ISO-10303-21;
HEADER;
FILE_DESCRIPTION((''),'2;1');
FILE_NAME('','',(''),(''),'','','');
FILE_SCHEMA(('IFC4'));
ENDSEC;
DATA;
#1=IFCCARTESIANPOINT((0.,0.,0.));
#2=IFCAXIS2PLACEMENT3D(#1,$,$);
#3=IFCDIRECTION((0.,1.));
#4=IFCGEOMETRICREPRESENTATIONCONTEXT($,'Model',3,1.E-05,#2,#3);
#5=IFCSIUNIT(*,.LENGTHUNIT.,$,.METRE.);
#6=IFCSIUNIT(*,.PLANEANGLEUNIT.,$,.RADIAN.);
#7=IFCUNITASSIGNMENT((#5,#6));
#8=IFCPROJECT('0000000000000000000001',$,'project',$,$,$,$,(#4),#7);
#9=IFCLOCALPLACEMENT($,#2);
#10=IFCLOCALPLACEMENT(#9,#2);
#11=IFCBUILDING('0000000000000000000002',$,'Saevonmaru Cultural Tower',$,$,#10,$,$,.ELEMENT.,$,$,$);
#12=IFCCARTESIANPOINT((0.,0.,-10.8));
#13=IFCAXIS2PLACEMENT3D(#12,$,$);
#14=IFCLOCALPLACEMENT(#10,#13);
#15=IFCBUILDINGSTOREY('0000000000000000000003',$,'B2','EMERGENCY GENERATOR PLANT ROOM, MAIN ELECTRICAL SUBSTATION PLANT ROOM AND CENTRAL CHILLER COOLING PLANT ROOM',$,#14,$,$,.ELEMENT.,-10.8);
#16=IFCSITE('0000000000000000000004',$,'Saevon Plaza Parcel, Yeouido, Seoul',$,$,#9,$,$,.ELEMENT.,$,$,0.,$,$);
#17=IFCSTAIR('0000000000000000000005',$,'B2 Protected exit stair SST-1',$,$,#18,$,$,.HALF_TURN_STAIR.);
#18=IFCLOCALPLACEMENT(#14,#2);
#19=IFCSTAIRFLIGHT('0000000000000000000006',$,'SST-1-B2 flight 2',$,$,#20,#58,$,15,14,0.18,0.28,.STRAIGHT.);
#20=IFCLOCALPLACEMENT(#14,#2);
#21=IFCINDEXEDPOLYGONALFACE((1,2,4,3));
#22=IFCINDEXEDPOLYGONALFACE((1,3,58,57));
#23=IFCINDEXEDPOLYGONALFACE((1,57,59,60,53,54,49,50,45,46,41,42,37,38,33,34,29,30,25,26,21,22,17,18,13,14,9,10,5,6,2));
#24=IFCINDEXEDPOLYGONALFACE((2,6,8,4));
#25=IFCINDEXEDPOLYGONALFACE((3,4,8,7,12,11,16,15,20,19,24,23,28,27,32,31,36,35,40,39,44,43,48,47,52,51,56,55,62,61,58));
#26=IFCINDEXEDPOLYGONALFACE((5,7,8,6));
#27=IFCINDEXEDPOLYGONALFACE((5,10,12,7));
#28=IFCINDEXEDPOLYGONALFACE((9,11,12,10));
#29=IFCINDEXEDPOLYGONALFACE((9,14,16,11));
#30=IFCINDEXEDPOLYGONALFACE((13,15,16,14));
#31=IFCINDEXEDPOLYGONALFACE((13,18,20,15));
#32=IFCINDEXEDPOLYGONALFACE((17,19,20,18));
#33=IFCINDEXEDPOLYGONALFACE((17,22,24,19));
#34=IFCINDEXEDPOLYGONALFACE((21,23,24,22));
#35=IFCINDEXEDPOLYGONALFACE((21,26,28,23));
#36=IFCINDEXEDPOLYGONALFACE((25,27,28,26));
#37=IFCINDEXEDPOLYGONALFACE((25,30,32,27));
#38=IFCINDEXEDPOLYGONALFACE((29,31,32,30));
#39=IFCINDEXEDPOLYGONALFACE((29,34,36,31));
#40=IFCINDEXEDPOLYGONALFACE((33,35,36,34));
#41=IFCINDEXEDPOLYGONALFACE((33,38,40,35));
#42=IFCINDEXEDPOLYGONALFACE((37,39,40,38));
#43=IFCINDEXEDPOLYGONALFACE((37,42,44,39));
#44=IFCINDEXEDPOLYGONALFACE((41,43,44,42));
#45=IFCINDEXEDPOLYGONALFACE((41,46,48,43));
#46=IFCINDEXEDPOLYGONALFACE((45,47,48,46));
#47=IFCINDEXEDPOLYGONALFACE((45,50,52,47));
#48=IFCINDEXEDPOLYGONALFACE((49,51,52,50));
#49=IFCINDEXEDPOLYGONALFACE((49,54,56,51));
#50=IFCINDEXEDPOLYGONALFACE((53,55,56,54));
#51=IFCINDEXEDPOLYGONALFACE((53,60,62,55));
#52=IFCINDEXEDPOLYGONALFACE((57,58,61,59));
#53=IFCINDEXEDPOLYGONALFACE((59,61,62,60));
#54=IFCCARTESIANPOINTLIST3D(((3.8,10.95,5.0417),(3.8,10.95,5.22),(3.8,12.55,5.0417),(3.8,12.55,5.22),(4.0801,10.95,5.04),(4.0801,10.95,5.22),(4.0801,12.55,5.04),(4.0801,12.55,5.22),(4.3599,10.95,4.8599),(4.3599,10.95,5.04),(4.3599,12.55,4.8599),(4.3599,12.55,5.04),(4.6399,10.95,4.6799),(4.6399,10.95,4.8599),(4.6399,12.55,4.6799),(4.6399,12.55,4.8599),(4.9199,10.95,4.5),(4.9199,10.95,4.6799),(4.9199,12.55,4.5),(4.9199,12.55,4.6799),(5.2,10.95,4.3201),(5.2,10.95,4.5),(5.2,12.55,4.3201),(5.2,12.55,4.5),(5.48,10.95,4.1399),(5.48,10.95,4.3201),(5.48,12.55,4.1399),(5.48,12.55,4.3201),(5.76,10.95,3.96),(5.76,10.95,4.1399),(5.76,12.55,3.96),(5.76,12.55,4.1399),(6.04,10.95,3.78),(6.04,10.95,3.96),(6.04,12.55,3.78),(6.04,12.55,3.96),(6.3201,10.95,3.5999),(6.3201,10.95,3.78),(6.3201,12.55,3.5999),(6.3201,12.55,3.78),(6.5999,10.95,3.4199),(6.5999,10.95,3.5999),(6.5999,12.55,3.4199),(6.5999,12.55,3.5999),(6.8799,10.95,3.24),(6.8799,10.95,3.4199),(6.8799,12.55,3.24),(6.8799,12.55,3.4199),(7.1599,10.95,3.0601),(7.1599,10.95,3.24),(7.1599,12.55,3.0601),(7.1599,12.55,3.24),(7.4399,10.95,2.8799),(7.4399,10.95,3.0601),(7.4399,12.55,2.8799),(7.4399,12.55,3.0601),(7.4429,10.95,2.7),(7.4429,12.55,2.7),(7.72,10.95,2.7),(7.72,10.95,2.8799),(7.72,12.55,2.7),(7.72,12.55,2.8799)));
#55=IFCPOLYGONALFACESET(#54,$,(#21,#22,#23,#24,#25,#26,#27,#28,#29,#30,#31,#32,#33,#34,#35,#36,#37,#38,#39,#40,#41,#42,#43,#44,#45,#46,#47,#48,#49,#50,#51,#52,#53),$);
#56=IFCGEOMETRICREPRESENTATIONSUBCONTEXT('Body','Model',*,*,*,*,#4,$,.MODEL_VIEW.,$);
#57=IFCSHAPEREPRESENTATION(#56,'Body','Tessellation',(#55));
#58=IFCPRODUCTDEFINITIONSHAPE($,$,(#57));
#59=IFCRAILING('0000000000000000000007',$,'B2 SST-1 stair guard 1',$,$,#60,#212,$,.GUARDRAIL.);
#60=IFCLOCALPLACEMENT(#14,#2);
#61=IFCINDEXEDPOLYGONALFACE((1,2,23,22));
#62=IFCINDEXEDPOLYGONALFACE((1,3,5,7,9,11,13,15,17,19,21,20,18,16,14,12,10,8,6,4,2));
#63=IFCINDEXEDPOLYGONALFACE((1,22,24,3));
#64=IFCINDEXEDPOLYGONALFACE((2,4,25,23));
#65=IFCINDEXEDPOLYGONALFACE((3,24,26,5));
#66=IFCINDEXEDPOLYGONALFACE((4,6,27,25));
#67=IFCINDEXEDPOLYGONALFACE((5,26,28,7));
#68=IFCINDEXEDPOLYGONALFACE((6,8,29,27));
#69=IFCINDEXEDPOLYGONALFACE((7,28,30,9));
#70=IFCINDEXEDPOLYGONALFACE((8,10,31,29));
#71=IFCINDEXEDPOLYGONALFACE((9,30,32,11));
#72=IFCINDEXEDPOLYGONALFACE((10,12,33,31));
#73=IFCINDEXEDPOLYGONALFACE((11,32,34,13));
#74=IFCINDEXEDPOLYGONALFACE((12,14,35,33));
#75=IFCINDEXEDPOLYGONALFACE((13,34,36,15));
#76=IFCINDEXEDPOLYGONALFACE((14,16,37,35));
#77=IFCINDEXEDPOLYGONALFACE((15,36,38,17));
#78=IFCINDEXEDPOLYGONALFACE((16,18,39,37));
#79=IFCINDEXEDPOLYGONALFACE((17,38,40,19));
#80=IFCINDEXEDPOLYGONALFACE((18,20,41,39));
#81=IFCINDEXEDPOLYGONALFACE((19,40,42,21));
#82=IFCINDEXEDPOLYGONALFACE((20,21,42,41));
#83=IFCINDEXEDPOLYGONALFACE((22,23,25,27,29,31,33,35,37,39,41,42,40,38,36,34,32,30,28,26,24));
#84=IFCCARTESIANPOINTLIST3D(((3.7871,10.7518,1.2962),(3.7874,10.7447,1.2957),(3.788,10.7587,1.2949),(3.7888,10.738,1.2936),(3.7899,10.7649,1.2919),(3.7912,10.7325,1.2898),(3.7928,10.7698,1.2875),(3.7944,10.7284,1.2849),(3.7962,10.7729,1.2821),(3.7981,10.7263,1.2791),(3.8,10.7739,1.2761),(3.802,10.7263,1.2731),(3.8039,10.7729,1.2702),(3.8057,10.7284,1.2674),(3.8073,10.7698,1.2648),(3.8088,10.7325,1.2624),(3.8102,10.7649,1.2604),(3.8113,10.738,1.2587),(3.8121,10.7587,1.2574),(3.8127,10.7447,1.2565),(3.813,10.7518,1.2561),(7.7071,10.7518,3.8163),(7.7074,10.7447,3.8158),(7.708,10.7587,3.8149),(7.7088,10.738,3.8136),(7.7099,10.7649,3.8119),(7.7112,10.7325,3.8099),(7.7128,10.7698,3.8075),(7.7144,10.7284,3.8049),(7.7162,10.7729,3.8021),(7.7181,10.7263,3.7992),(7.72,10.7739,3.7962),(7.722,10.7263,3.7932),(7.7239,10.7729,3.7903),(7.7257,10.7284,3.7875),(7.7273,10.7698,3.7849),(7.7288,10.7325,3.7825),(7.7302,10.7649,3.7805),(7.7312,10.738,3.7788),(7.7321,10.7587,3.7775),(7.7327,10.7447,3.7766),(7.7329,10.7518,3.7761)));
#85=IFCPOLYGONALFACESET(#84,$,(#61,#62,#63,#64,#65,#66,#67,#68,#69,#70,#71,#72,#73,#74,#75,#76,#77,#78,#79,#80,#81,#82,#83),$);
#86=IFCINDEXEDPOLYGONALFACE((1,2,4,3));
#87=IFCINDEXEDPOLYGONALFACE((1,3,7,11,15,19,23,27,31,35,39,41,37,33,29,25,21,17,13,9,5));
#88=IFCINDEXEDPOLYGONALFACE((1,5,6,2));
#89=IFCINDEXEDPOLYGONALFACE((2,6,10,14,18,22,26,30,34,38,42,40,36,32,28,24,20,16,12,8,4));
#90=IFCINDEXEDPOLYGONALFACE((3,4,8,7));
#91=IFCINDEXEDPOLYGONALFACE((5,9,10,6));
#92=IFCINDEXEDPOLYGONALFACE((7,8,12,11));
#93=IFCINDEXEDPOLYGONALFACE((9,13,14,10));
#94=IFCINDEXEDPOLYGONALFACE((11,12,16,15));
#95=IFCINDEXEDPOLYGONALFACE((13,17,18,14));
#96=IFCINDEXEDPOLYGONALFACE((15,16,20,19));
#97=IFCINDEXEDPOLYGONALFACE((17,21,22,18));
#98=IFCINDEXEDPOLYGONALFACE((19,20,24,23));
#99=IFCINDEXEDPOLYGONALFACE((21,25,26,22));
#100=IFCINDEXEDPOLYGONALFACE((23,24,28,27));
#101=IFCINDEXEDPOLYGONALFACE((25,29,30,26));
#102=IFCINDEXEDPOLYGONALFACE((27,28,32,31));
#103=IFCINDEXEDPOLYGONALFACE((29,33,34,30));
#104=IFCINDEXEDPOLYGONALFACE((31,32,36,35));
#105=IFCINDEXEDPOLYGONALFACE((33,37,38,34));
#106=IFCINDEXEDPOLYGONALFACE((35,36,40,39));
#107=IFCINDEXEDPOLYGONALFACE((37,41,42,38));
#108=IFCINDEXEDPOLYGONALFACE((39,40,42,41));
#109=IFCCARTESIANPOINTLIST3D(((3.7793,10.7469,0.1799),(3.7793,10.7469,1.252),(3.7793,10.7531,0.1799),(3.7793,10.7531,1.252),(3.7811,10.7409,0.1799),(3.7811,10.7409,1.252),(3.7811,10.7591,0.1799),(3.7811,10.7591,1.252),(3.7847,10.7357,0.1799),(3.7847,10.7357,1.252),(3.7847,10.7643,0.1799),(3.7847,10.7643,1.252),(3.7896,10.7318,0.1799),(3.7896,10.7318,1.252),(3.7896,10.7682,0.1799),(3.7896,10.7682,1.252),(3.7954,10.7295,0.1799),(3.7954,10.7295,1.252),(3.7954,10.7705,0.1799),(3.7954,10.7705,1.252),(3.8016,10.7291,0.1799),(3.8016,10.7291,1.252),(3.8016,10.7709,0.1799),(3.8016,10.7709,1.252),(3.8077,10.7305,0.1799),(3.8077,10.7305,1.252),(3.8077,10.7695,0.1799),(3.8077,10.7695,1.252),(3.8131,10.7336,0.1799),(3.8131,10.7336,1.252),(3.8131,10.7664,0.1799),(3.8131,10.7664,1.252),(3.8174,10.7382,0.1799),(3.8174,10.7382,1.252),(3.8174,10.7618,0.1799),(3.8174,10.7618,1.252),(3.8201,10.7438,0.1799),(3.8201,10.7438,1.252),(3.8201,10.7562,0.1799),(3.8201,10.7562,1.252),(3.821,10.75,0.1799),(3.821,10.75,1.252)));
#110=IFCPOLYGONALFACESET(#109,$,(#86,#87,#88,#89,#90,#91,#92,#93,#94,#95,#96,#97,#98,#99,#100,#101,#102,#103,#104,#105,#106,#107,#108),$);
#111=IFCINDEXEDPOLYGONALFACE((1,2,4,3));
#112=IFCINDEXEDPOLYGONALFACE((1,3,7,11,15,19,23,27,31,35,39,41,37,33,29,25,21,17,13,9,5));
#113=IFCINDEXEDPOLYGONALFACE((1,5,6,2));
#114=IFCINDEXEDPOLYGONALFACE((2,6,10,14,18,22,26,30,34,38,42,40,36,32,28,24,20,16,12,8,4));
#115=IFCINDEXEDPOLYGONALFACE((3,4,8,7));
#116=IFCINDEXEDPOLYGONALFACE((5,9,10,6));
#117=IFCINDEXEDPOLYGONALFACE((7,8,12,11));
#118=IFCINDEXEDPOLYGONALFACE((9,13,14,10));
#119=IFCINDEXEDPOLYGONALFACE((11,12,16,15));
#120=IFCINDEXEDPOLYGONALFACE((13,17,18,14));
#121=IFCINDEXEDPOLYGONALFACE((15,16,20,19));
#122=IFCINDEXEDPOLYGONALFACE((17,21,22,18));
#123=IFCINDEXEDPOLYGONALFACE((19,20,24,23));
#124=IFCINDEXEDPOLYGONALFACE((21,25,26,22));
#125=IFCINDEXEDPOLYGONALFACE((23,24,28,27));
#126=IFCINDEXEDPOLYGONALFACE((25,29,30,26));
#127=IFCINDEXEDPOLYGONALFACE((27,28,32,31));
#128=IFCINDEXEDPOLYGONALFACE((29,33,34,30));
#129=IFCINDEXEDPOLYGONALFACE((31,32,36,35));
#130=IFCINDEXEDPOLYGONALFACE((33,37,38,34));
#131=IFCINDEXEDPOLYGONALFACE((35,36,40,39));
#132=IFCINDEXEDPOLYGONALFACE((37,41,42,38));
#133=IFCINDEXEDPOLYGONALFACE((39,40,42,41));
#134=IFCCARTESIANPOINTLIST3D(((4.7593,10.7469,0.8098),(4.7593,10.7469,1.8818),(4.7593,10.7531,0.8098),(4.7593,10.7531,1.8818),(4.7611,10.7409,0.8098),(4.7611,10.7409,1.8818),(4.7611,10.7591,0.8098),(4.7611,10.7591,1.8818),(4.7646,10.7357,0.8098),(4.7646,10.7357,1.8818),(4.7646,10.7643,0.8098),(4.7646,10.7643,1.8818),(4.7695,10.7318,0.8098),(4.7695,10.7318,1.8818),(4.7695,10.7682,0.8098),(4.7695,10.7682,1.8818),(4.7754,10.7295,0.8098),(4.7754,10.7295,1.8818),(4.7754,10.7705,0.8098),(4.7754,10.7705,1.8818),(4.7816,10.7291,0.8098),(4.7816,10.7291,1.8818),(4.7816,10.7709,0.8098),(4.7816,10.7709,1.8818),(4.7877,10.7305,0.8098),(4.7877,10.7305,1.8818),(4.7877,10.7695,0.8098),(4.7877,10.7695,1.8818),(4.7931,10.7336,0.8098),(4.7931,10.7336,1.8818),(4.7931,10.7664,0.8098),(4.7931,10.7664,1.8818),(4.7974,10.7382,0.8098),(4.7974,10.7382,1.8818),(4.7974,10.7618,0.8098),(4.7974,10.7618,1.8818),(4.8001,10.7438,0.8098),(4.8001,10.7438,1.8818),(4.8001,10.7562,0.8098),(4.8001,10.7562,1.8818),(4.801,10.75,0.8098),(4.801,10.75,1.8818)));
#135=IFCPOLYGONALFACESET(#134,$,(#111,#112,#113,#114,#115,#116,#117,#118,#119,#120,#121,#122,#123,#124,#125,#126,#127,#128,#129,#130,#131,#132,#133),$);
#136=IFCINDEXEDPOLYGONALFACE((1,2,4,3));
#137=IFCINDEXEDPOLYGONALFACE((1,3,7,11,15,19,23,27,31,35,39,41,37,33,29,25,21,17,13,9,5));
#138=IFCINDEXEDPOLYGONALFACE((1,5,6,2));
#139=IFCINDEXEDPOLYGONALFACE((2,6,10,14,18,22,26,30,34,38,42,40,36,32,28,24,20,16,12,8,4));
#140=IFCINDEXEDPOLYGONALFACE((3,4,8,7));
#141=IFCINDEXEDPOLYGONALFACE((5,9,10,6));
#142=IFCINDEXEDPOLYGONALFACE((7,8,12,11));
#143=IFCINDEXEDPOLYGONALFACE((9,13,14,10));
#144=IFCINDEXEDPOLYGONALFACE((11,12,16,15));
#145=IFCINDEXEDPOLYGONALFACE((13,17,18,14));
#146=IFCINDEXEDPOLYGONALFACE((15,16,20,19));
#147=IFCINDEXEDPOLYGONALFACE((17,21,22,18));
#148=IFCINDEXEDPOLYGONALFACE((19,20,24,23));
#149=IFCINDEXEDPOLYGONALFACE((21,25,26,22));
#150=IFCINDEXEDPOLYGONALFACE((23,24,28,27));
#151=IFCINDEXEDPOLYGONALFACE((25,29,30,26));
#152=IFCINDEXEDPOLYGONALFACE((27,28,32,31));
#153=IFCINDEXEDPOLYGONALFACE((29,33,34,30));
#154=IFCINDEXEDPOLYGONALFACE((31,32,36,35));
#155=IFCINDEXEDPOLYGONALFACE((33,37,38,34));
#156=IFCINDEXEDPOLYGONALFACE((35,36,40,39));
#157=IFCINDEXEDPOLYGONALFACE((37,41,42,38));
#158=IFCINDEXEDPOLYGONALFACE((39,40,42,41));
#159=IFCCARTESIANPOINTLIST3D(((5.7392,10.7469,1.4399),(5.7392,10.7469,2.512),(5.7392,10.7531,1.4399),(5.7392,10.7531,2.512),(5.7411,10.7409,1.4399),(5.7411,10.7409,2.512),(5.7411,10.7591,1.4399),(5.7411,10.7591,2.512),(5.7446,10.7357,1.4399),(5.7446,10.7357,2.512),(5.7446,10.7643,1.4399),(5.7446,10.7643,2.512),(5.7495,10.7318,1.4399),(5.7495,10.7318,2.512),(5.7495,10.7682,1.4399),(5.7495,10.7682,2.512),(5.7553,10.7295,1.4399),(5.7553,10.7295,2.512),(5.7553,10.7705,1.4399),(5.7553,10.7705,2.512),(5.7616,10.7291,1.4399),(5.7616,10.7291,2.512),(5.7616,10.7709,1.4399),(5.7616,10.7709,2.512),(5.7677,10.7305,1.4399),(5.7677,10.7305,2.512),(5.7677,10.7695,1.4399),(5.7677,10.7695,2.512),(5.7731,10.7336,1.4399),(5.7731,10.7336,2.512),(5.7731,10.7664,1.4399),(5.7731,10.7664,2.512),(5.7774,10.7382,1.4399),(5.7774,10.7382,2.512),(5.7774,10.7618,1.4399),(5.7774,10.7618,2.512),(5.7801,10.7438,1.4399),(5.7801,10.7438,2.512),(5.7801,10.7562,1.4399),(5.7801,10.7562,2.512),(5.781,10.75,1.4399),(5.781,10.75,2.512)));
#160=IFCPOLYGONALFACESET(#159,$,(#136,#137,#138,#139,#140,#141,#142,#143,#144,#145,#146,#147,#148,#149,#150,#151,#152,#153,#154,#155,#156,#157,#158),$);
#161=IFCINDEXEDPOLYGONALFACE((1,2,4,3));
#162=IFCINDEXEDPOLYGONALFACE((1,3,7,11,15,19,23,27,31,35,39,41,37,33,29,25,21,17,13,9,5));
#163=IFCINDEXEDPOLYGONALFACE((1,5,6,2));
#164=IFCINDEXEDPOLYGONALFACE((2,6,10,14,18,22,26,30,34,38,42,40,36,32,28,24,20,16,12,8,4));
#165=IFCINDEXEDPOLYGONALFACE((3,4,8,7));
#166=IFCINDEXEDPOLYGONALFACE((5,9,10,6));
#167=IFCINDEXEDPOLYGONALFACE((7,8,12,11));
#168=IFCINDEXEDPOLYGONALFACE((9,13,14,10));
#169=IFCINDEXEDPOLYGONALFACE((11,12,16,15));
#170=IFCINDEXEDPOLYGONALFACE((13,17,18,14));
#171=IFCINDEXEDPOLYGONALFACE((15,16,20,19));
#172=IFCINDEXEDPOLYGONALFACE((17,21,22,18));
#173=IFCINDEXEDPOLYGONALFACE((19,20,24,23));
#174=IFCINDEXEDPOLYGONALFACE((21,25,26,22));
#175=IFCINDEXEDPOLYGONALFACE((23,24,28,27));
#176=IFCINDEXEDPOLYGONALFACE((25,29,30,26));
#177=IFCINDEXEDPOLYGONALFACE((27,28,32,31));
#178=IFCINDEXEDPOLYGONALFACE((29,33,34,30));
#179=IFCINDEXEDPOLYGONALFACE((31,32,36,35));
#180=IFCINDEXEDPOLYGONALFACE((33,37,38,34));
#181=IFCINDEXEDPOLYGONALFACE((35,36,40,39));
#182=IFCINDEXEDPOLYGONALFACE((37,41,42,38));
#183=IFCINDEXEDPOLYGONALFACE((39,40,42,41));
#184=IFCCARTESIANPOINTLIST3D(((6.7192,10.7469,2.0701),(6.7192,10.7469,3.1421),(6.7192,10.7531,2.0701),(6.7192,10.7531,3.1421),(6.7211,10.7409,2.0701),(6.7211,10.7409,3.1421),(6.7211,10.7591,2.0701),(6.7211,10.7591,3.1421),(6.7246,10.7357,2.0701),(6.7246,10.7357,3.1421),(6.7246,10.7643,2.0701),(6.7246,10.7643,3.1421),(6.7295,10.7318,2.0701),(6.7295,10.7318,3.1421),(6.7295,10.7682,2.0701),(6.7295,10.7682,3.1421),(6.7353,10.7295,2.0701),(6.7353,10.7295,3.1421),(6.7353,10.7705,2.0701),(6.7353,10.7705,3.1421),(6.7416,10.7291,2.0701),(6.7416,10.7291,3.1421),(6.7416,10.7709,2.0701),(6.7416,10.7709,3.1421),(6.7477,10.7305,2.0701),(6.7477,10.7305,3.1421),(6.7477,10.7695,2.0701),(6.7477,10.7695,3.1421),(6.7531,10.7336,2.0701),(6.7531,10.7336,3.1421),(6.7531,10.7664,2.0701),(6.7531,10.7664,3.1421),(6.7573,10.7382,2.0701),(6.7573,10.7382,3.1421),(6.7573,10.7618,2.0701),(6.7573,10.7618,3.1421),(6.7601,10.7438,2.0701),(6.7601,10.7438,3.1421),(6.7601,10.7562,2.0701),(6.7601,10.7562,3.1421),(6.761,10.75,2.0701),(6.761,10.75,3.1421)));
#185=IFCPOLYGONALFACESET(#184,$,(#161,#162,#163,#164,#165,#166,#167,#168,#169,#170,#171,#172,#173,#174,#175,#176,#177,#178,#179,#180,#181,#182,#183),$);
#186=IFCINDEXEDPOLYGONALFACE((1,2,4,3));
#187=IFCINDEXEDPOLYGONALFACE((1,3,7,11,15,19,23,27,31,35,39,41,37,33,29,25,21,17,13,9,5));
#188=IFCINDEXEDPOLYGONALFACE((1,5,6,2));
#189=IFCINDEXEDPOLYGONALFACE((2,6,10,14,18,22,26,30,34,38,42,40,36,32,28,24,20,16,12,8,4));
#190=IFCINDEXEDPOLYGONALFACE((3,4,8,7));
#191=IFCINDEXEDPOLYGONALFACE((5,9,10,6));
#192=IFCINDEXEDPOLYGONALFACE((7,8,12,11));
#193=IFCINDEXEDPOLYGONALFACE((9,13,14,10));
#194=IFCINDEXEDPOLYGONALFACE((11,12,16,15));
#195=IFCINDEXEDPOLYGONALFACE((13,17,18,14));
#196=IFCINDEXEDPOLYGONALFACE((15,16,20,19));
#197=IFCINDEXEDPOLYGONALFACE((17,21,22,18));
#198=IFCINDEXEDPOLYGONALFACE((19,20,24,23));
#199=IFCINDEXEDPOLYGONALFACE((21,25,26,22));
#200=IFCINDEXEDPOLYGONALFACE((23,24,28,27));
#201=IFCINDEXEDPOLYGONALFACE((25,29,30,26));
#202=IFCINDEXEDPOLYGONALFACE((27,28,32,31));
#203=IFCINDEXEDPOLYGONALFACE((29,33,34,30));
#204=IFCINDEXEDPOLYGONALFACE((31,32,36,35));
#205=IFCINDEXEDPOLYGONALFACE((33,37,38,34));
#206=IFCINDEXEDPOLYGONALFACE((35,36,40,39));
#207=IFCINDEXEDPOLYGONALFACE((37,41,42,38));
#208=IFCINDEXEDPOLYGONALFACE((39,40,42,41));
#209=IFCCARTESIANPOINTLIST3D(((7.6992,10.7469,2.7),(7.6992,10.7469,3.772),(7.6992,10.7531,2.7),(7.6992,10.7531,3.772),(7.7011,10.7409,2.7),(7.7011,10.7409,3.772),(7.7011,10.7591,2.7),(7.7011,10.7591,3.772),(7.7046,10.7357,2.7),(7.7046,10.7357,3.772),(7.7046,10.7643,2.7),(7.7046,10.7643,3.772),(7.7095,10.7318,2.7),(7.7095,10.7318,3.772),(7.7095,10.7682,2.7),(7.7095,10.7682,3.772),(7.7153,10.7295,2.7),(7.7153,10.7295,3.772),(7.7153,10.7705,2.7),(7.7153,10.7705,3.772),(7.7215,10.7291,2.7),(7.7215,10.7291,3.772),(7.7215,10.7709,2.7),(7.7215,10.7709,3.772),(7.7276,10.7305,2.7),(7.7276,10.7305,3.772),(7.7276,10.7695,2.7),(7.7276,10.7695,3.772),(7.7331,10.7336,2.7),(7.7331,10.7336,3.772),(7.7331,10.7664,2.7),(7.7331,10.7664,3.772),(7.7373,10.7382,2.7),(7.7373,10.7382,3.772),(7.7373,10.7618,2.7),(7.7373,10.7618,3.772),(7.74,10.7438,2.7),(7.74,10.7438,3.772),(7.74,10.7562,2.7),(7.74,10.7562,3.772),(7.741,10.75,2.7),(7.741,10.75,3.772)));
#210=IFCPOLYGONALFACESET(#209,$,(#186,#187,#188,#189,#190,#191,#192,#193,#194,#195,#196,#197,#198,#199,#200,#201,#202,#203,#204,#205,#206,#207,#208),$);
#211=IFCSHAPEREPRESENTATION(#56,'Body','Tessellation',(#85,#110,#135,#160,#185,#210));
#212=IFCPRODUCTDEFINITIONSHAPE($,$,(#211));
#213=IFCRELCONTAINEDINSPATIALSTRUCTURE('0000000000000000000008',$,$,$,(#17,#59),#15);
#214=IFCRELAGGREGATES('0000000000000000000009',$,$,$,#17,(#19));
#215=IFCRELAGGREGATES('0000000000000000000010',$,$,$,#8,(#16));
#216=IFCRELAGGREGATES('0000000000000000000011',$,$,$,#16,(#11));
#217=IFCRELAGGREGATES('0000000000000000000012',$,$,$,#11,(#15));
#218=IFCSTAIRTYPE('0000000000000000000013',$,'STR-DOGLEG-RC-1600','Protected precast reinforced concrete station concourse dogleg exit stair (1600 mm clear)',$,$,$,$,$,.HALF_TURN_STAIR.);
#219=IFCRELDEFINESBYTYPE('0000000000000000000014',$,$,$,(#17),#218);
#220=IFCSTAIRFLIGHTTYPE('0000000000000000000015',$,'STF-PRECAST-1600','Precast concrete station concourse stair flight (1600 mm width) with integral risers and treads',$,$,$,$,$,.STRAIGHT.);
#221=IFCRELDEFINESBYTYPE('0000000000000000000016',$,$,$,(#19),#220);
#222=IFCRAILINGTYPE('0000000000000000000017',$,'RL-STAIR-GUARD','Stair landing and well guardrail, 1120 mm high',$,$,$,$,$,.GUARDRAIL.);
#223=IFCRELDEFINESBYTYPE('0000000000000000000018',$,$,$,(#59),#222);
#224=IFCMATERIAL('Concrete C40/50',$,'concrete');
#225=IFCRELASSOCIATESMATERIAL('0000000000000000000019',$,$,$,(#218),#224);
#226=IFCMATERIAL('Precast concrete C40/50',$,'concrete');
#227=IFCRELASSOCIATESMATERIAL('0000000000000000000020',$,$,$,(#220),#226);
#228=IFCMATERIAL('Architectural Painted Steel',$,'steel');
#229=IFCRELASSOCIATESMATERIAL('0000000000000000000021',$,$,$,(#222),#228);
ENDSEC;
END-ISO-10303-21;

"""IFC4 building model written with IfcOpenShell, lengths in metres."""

from ifc_helpers import new_model, si_unit, direction, frame, origin, origin_2d, place, context, subcontext, project, spatial, polyline, circle, outline, extrude, material, type_object, element, aggregate, save


model = new_model("IFC4")

# Units and contexts
model_context = context("Model", 3, precision=1e-05, world=origin(), true_north=direction((0.0, 1.0)))
body_context = subcontext(model_context, "Body", "Model", "MODEL_VIEW")
ifc_project = project(units=[si_unit("LENGTHUNIT", "METRE"), si_unit("PLANEANGLEUNIT", "RADIAN")], contexts=[model_context])

# Site, building, storey
site_placement = place(None, origin())
site = spatial("IfcSite", under=ifc_project, at=site_placement, Name="Saevon Plaza Parcel, Yeouido, Seoul", CompositionType="ELEMENT", RefElevation=0.0)
building_placement = place(site_placement, origin())
building = spatial("IfcBuilding", under=site, at=building_placement, Name="Saevonmaru Cultural Tower", CompositionType="ELEMENT")
storey_placement = place(building_placement, frame((0.0, 0.0, -10.8)))
storey = spatial("IfcBuildingStorey", under=building, at=storey_placement, Name="B2", Description="EMERGENCY GENERATOR PLANT ROOM, MAIN ELECTRICAL SUBSTATION PLANT ROOM AND CENTRAL CHILLER COOLING PLANT ROOM", CompositionType="ELEMENT", Elevation=-10.8)

# Shared definitions
ifc_material_1 = material(Name="Concrete C40/50", Category="concrete")

# Stair, stair flight
stair_type = type_object("IfcStairType", Name="STR-DOGLEG-RC-1600", Description="Protected precast reinforced concrete station concourse dogleg exit stair (1600 mm clear)", PredefinedType="HALF_TURN_STAIR", material=ifc_material_1)
stair_placement = place(storey_placement, origin())
stair = element("IfcStair", 1, at=stair_placement, inside=storey, type_object=stair_type, Name="B2 Protected exit stair SST-1", PredefinedType="HALF_TURN_STAIR")
ifc_material_2 = material(Name="Precast concrete C40/50", Category="concrete")
stair_flight_type = type_object("IfcStairFlightType", Name="STF-PRECAST-1600", Description="Precast concrete station concourse stair flight (1600 mm width) with integral risers and treads", PredefinedType="STRAIGHT", material=ifc_material_2)
stair_flight_1_placement = place(storey_placement, frame((7.72, 11.75, 2.7), z_axis=(0.0, 0.0, 1.0), x_axis=(-1.0, 0.0, 0.0)))
stair_flight_1 = element("IfcStairFlight", 2, at=stair_flight_1_placement, type_object=stair_flight_type, Name="SST-1-B2 flight 2", NumberOfRisers=15, NumberOfTreads=14, PredefinedType="STRAIGHT", RiserHeight=0.18, TreadLength=0.28, context=body_context, shape_type="SweptSolid", body=[
    extrude(outline(polyline([(0.0, 0.0), (0.0, 0.1799), (0.28, 0.1799), (0.28, 0.3601), (0.5601, 0.3601), (0.5601, 0.54), (0.8401, 0.54), (0.8401, 0.72), (1.1201, 0.72), (1.1201, 0.8999), (1.3999, 0.8999), (1.3999, 1.0801), (1.6799, 1.0801), (1.6799, 1.26), (1.96, 1.26), (1.96, 1.4399), (2.24, 1.4399), (2.24, 1.6201), (2.52, 1.6201), (2.52, 1.8), (2.8, 1.8), (2.8, 1.98), (3.0801, 1.98), (3.0801, 2.1599), (3.3601, 2.1599), (3.3601, 2.3401), (3.6399, 2.3401), (3.6399, 2.52), (3.9199, 2.52), (3.9199, 2.7), (3.9199, 2.3418), (0.2771, 0.0), (0.0, 0.0)])), frame((0.0, 0.8, 0.0), z_axis=(0.0, -1.0, 0.0), x_axis=(1.0, 0.0, 0.0)), (0.0, 0.0, 1.0), 1.6001),
])
aggregate(stair, [stair_flight_1])

# Railing
ifc_material_3 = material(Name="Architectural Painted Steel", Category="steel")
railing_type_1 = type_object("IfcRailingType", Name="RL-STAIR-GUARD", Description="Stair landing and well guardrail, 1120 mm high", PredefinedType="GUARDRAIL", material=ifc_material_3)
railing_1_placement = place(storey_placement, frame((3.8, 10.75, 0.1799)))
element("IfcRailing", 3, at=railing_1_placement, inside=storey, type_object=railing_type_1, Name="B2 SST-1 stair guard 1", PredefinedType="GUARDRAIL", context=body_context, shape_type="SweptSolid", body=[
    extrude(circle(Radius=0.0239, at=origin_2d()), frame((0.0, 0.0, 1.0962), z_axis=(0.841172, 0.0, 0.540768), x_axis=(0.0, 1.0, 0.0)), (0.0, 0.0, 1.0), 4.6602),
    extrude(circle(Radius=0.021, at=origin_2d()), origin(), (0.0, 0.0, 1.0), 1.072),
    extrude(circle(Radius=0.021, at=origin_2d()), frame((0.98, 0.0, 0.6299)), (0.0, 0.0, 1.0), 1.072),
    extrude(circle(Radius=0.021, at=origin_2d()), frame((1.96, 0.0, 1.26)), (0.0, 0.0, 1.0), 1.072),
    extrude(circle(Radius=0.021, at=origin_2d()), frame((2.9399, 0.0, 1.8901)), (0.0, 0.0, 1.0), 1.072),
    extrude(circle(Radius=0.021, at=origin_2d()), frame((3.9199, 0.0, 2.52)), (0.0, 0.0, 1.0), 1.072),
])

save(model, "model.ifc")
